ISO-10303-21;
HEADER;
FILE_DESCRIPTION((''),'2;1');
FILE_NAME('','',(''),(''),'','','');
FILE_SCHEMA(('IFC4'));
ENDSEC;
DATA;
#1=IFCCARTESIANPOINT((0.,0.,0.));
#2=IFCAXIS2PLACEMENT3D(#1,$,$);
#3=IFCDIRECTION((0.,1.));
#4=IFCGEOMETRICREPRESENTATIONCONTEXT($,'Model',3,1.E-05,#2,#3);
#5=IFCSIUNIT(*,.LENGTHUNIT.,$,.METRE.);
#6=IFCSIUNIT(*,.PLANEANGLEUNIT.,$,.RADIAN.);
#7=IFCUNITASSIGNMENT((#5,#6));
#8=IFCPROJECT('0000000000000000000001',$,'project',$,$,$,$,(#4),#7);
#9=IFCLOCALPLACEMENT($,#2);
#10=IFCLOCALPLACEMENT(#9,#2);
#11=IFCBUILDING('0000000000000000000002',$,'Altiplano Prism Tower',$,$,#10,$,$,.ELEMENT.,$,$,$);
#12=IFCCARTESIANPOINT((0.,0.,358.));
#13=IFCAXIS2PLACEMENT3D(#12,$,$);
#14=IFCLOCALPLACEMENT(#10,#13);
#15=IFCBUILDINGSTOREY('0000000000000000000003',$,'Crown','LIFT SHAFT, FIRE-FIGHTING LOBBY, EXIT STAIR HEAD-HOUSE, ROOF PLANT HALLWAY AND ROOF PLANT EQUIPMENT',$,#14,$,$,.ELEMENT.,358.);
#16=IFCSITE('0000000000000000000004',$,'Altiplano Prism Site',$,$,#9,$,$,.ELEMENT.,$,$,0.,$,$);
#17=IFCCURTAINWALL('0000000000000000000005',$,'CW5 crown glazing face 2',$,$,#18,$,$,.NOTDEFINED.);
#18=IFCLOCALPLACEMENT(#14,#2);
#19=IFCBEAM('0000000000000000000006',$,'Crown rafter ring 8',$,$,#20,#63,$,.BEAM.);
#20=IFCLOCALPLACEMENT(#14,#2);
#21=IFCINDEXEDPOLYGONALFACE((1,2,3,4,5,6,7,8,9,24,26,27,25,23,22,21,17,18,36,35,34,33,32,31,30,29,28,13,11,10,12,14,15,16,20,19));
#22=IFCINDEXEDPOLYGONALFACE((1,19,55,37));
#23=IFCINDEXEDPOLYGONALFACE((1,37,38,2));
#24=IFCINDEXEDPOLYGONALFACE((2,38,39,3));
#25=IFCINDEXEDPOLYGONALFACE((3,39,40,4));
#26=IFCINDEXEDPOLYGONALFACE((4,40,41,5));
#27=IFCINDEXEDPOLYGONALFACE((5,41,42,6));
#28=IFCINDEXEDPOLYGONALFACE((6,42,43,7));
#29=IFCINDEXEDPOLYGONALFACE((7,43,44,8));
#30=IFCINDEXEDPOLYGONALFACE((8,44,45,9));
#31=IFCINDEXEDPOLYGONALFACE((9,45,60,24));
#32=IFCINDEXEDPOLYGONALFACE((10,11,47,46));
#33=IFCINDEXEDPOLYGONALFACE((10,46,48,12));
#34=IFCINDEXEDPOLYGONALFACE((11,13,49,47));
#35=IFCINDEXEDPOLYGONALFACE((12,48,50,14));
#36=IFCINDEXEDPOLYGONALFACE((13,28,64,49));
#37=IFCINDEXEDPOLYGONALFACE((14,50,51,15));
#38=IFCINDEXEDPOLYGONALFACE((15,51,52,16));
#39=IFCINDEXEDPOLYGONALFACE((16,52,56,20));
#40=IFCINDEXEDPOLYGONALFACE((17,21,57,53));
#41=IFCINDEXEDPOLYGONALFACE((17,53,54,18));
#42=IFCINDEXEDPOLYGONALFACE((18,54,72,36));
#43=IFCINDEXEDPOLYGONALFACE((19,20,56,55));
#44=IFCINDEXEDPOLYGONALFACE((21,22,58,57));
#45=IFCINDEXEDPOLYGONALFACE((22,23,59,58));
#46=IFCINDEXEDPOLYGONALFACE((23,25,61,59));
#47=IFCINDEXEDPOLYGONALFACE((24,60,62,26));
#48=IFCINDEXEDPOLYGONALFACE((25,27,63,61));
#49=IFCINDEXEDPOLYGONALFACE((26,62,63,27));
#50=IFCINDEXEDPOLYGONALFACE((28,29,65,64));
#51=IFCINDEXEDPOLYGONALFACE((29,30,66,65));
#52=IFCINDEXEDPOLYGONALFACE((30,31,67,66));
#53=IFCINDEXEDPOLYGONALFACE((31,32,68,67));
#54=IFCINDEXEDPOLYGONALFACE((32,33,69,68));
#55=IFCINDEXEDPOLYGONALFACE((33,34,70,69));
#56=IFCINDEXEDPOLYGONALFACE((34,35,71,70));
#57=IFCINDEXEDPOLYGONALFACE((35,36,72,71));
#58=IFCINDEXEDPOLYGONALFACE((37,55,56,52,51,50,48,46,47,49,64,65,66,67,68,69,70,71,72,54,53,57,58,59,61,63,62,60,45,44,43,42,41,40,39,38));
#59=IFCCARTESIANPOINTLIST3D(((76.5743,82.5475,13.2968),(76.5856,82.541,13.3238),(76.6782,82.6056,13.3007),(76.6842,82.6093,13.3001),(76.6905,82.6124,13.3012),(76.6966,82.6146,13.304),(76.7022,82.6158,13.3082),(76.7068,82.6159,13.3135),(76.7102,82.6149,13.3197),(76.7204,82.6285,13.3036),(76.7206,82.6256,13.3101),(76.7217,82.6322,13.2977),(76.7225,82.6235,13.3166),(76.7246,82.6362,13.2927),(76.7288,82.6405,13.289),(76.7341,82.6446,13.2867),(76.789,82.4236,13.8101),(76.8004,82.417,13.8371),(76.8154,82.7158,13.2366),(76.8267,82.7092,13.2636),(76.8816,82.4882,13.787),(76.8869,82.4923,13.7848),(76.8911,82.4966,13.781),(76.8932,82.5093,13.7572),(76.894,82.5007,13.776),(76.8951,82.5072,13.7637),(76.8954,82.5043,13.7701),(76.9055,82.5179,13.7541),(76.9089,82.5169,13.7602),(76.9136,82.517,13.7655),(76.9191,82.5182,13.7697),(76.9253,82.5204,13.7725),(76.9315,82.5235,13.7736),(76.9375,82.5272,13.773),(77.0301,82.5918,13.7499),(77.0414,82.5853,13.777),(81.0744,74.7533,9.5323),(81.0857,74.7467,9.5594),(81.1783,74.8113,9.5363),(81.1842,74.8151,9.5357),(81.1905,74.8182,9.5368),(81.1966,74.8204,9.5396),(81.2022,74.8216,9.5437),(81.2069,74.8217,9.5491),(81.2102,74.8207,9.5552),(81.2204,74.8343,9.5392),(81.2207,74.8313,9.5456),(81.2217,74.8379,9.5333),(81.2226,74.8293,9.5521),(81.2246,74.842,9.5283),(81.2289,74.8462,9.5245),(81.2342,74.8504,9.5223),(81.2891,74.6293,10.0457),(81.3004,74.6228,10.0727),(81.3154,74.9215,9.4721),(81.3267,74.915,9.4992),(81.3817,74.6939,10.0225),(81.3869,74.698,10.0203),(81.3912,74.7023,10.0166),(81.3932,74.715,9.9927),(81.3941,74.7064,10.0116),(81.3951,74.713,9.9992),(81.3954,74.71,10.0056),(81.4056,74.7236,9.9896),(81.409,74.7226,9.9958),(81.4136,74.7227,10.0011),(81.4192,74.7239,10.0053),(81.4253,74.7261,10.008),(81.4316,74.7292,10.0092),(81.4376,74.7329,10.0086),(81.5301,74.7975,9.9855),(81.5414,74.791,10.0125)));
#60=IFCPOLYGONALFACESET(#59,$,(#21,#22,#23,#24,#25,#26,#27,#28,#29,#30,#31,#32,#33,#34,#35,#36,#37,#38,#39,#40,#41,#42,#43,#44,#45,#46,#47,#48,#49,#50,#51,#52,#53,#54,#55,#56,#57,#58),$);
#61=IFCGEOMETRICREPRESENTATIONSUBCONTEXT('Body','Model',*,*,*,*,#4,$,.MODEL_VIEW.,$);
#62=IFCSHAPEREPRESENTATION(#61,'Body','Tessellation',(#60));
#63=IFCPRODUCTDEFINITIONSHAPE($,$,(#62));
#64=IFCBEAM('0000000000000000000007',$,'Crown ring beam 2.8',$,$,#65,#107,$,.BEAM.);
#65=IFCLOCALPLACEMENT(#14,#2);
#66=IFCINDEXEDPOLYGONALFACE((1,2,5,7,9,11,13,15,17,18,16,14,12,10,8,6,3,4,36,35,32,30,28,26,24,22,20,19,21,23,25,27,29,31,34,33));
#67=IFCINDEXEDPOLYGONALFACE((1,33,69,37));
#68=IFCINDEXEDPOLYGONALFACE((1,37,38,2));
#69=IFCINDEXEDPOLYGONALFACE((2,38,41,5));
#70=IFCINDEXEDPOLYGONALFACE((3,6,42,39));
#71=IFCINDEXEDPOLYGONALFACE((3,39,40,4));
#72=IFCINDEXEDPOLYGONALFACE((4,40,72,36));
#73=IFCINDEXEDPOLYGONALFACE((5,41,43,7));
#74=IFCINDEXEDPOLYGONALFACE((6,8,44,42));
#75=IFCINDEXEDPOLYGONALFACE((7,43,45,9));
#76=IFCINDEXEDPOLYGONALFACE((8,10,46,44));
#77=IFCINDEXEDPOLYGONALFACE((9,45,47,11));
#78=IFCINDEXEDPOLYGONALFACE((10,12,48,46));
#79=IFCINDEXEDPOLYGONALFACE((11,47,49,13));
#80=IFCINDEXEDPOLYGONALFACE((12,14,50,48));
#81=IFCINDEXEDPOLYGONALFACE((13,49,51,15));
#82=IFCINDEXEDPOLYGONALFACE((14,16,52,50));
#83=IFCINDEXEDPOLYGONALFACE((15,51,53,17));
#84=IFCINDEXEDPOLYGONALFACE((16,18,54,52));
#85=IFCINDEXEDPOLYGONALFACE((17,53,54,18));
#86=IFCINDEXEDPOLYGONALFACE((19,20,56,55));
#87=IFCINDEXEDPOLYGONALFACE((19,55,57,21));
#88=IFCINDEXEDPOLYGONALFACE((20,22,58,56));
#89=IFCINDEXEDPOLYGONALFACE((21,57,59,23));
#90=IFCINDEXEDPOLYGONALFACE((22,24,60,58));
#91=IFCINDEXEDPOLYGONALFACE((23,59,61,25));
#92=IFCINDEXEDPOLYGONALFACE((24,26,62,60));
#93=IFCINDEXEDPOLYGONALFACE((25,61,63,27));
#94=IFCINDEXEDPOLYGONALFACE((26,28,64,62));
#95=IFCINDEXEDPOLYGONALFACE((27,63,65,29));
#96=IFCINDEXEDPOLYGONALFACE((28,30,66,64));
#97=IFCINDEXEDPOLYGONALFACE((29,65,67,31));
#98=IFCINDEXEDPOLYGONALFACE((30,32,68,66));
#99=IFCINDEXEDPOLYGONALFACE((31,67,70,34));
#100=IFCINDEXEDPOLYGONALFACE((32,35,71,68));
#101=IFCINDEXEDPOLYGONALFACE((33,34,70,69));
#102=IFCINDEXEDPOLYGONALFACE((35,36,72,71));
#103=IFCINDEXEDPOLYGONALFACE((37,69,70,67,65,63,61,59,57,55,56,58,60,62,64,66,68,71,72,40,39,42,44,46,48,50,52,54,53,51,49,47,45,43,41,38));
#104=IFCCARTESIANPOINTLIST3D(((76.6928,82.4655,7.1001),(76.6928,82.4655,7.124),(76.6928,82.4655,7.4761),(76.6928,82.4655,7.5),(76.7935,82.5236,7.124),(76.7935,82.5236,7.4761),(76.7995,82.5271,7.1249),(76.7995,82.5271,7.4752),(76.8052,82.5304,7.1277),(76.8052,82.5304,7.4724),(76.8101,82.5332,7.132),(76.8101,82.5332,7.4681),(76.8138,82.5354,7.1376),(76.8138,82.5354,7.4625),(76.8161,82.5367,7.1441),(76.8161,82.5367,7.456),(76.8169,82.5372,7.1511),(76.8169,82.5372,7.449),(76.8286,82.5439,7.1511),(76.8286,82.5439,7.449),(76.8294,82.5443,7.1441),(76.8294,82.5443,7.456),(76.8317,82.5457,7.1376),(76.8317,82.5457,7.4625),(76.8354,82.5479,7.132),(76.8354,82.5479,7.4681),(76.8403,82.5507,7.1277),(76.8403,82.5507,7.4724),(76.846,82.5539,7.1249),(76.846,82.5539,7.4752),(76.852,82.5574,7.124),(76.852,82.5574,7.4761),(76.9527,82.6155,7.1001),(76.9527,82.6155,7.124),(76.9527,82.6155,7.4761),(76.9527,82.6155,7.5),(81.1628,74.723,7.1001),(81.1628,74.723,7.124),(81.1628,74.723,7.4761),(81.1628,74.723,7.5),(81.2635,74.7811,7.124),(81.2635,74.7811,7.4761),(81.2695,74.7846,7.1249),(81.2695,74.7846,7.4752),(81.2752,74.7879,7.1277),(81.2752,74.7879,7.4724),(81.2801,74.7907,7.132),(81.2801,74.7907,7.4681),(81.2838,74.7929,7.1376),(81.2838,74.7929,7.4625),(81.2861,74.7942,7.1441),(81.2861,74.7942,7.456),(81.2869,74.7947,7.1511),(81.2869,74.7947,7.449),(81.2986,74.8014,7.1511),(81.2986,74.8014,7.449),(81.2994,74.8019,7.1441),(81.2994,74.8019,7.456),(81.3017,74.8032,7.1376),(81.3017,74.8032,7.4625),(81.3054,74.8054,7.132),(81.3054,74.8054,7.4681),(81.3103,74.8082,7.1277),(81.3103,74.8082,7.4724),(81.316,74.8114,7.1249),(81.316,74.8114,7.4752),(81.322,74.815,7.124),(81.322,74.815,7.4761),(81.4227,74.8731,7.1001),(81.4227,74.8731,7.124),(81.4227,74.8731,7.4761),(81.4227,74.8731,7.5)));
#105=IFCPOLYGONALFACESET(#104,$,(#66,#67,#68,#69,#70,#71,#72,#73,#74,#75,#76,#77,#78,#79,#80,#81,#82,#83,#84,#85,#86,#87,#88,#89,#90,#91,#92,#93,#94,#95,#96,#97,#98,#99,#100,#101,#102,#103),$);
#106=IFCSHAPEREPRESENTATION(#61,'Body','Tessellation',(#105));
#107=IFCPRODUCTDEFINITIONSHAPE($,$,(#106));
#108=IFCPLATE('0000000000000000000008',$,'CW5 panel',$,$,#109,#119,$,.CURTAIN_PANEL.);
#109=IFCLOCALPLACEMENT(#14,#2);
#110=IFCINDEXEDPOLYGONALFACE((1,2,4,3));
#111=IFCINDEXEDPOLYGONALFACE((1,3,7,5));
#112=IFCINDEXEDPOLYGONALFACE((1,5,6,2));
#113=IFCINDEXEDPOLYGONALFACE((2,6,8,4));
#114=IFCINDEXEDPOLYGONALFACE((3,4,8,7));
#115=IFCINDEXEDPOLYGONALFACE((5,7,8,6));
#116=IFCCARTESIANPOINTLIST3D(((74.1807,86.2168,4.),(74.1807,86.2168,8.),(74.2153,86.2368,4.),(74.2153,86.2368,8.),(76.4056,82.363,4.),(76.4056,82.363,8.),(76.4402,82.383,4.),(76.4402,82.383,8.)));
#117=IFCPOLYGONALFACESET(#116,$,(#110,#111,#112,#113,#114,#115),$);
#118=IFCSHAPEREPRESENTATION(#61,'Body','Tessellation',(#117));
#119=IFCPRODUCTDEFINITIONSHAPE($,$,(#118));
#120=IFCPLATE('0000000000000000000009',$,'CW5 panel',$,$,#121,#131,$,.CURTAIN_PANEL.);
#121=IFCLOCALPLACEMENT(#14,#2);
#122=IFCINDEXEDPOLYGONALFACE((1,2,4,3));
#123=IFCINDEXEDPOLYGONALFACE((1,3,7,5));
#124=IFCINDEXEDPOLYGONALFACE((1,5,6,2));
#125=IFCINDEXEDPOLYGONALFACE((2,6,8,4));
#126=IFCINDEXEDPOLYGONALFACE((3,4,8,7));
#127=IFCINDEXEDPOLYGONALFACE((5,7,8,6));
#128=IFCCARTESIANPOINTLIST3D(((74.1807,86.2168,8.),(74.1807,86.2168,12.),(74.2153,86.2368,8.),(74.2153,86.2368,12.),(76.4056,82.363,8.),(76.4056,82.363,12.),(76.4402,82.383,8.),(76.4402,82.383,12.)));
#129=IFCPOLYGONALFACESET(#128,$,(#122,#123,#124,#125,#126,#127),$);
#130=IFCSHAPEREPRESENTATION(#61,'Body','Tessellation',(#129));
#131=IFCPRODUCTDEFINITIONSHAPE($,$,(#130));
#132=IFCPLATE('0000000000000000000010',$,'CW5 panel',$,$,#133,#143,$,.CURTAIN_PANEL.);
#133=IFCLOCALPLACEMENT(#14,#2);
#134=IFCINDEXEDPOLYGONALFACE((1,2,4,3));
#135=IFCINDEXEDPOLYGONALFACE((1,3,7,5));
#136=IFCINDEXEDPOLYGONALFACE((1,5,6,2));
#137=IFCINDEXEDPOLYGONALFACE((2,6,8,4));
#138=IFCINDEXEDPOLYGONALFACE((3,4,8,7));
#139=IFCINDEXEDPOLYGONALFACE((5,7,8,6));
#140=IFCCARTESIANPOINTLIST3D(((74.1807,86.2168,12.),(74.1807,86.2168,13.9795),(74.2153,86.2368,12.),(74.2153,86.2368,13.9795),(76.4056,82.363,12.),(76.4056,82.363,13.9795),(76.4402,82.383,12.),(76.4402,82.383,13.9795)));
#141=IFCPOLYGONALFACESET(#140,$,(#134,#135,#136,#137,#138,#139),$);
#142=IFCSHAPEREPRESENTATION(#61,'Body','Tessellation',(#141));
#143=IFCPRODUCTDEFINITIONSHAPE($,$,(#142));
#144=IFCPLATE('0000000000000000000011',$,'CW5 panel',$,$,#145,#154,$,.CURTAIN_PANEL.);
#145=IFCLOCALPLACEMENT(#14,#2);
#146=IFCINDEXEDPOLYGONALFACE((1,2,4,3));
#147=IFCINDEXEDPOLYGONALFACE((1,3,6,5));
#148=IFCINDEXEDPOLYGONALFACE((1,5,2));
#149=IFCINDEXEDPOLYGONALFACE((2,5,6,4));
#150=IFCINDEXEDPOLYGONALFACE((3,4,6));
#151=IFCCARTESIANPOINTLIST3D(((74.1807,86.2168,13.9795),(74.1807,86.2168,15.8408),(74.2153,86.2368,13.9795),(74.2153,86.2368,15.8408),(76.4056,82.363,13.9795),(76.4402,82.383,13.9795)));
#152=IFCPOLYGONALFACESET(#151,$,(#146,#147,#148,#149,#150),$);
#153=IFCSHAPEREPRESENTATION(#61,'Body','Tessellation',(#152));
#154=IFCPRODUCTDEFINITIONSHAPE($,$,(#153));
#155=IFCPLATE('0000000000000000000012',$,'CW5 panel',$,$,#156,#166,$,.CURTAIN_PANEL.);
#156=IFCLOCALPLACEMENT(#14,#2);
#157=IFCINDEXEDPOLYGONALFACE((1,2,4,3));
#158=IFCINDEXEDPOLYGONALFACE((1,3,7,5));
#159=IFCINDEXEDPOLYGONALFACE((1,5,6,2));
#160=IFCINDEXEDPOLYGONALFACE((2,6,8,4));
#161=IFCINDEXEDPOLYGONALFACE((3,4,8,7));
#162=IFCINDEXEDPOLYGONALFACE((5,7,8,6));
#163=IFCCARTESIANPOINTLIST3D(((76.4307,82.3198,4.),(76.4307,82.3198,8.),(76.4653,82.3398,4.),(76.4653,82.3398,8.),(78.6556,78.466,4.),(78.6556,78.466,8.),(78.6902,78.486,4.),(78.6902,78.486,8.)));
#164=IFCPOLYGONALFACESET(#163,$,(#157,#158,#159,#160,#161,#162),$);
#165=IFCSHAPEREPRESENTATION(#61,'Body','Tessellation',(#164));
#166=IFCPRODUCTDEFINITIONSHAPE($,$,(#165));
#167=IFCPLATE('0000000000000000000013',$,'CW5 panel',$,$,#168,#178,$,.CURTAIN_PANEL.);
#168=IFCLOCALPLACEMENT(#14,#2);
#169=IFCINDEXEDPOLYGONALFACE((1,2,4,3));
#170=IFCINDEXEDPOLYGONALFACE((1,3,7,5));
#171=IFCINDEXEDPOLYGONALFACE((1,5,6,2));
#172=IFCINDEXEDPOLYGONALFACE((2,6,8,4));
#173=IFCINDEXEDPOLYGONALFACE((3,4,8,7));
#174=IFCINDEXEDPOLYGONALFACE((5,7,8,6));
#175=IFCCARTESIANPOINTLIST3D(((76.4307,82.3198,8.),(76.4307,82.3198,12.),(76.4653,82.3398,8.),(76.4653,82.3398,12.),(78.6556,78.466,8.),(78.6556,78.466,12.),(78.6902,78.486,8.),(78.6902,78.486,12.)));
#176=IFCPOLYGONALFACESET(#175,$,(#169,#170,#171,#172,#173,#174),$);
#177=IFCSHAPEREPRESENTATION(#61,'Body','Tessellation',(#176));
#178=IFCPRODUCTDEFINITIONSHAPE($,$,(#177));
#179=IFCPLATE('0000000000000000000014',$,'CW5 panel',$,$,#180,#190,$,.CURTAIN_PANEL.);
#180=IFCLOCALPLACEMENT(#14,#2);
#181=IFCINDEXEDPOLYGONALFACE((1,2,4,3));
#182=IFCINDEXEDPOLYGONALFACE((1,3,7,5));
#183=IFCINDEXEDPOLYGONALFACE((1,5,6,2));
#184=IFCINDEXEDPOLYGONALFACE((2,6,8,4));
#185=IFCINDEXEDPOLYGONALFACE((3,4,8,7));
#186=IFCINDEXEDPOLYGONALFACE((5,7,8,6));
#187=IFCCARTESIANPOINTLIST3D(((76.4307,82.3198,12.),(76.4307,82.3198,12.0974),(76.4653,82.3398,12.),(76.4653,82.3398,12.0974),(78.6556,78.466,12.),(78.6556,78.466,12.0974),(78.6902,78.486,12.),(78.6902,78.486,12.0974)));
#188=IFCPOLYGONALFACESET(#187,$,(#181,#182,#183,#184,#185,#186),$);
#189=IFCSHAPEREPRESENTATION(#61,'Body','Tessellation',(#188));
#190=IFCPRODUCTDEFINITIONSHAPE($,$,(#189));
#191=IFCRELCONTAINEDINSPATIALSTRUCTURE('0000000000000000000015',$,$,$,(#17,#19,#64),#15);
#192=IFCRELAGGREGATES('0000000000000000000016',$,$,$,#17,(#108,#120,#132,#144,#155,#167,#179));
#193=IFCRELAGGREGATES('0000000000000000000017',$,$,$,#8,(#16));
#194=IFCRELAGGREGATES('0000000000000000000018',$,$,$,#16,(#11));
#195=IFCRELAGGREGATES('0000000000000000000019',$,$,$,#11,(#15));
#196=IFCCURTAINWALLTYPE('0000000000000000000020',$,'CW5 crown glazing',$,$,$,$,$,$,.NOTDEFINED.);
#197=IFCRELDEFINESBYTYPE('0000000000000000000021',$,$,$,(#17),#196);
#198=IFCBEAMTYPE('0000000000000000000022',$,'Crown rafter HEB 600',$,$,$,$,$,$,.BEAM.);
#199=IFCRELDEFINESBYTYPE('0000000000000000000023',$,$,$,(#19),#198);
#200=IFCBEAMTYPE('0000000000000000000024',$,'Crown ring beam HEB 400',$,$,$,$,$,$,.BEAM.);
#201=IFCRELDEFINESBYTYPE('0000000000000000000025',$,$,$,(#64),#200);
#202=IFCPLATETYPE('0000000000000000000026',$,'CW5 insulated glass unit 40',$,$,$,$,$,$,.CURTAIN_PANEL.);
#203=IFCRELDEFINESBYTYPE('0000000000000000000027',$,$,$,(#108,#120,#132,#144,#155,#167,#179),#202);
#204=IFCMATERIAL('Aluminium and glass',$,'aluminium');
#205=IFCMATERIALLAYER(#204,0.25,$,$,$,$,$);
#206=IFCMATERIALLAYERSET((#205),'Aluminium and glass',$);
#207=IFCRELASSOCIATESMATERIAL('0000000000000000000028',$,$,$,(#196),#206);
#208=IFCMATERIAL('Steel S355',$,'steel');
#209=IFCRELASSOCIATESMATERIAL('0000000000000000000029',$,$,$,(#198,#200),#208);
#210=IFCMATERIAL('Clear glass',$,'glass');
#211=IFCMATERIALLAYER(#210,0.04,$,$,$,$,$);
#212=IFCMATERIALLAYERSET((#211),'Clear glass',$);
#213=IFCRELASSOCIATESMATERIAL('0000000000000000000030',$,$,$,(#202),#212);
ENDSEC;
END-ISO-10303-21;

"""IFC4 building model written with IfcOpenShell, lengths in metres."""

from ifc_helpers import new_model, si_unit, direction, frame, origin, origin_2d, place, context, subcontext, project, spatial, polyline, i_section, outline, extrude, material, layer, layer_set, material_profile, profile_set, type_object, element, aggregate, save


model = new_model("IFC4")

# Units and contexts
model_context = context("Model", 3, precision=1e-05, world=origin(), true_north=direction((0.0, 1.0)))
body_context = subcontext(model_context, "Body", "Model", "MODEL_VIEW")
ifc_project = project(units=[si_unit("LENGTHUNIT", "METRE"), si_unit("PLANEANGLEUNIT", "RADIAN")], contexts=[model_context])

# Site, building, storey
site_placement = place(None, origin())
site = spatial("IfcSite", under=ifc_project, at=site_placement, Name="Altiplano Prism Site", CompositionType="ELEMENT", RefElevation=0.0)
building_placement = place(site_placement, origin())
building = spatial("IfcBuilding", under=site, at=building_placement, Name="Altiplano Prism Tower", CompositionType="ELEMENT")
storey_placement = place(building_placement, frame((0.0, 0.0, 358.0)))
storey = spatial("IfcBuildingStorey", under=building, at=storey_placement, Name="Crown", Description="LIFT SHAFT, FIRE-FIGHTING LOBBY, EXIT STAIR HEAD-HOUSE, ROOF PLANT HALLWAY AND ROOF PLANT EQUIPMENT", CompositionType="ELEMENT", Elevation=358.0)

# Curtain wall
ifc_material_1 = material(Name="Aluminium and glass", Category="aluminium")
ifc_layer_1 = layer(ifc_material_1, 0.25)
ifc_layer_set_1 = layer_set([ifc_layer_1], Name="Aluminium and glass")
curtain_wall_type = type_object("IfcCurtainWallType", Name="CW5 crown glazing", PredefinedType="NOTDEFINED", material=ifc_layer_set_1)
curtain_wall_placement = place(storey_placement, origin())
curtain_wall = element("IfcCurtainWall", 1, at=curtain_wall_placement, inside=storey, type_object=curtain_wall_type, Name="CW5 crown glazing face 2", PredefinedType="NOTDEFINED")

# Shared definitions
ifc_material_2 = material(Name="Steel S355", Category="steel")

# Beams
ifc_material_profile_1 = material_profile(ifc_material_2, i_section(OverallWidth=0.3, OverallDepth=0.6001, WebThickness=0.0154, FlangeThickness=0.03, FilletRadius=0.0271, at=origin_2d()), Name="Crown rafter HEB 600")
ifc_profile_set_1 = profile_set([ifc_material_profile_1], Name="Steel S355")
beam_type_1 = type_object("IfcBeamType", Name="Crown rafter HEB 600", PredefinedType="BEAM", material=ifc_profile_set_1)
beam_1_placement = place(storey_placement, frame((76.8079, 82.5664, 13.5369), z_axis=(0.461277, -0.798952, -0.385874), x_axis=(0.803346, 0.560705, -0.200612)))
element("IfcBeam", 2, at=beam_1_placement, inside=storey, type_object=beam_type_1, Name="Crown rafter ring 8", PredefinedType="BEAM", context=body_context, shape_type="SweptSolid", body=[
    extrude(i_section(OverallWidth=0.3, OverallDepth=0.6001, WebThickness=0.0154, FlangeThickness=0.03, FilletRadius=0.0271, at=origin_2d()), origin(), (0.0, 0.0, 1.0), 9.7556),
])
ifc_material_profile_2 = material_profile(ifc_material_2, i_section(OverallWidth=0.3, OverallDepth=0.3999, WebThickness=0.0134, FlangeThickness=0.0239, FilletRadius=0.0271, at=origin_2d()), Name="Crown ring beam HEB 400")
ifc_profile_set_2 = profile_set([ifc_material_profile_2], Name="Steel S355")
beam_type_2 = type_object("IfcBeamType", Name="Crown ring beam HEB 400", PredefinedType="BEAM", material=ifc_profile_set_2)
beam_2_placement = place(storey_placement, frame((76.8228, 82.5405, 7.3), z_axis=(0.49999, -0.866031, 0.0), x_axis=(0.866031, 0.49999, 0.0)))
element("IfcBeam", 3, at=beam_2_placement, inside=storey, type_object=beam_type_2, Name="Crown ring beam 2.8", PredefinedType="BEAM", context=body_context, shape_type="SweptSolid", body=[
    extrude(i_section(OverallWidth=0.3, OverallDepth=0.3999, WebThickness=0.0134, FlangeThickness=0.0239, FilletRadius=0.0271, at=origin_2d()), origin(), (0.0, 0.0, 1.0), 8.9402),
])

# Plates
ifc_material_3 = material(Name="Clear glass", Category="glass")
ifc_layer_2 = layer(ifc_material_3, 0.04)
ifc_layer_set_2 = layer_set([ifc_layer_2], Name="Clear glass")
plate_type_1 = type_object("IfcPlateType", Name="CW5 insulated glass unit 40", PredefinedType="CURTAIN_PANEL", material=ifc_layer_set_2)
plate_1_placement = place(storey_placement, frame((74.1807, 86.2168, 4.0), z_axis=(-0.866037, -0.49998, 0.0), x_axis=(0.49998, -0.866037, 0.0)))
plate_1 = element("IfcPlate", 4, at=plate_1_placement, type_object=plate_type_1, Name="CW5 panel", PredefinedType="CURTAIN_PANEL", context=body_context, shape_type="SweptSolid", body=[
    extrude(outline(polyline([(0.0, 0.0), (4.45, 0.0), (4.45, 4.0), (0.0, 4.0), (0.0, 0.0)])), origin(), (0.0, 0.0, -1.0), 0.04),
])
plate_2_placement = place(storey_placement, frame((74.1807, 86.2168, 8.0), z_axis=(-0.866037, -0.49998, 0.0), x_axis=(0.49998, -0.866037, 0.0)))
plate_2 = element("IfcPlate", 5, at=plate_2_placement, type_object=plate_type_1, Name="CW5 panel", PredefinedType="CURTAIN_PANEL", context=body_context, shape_type="SweptSolid", body=[
    extrude(outline(polyline([(0.0, 0.0), (4.45, 0.0), (4.45, 4.0), (0.0, 4.0), (0.0, 0.0)])), origin(), (0.0, 0.0, -1.0), 0.04),
])
plate_3_placement = place(storey_placement, frame((74.1807, 86.2168, 12.0), z_axis=(-0.866037, -0.49998, 0.0), x_axis=(0.49998, -0.866037, 0.0)))
plate_3 = element("IfcPlate", 6, at=plate_3_placement, type_object=plate_type_1, Name="CW5 panel", PredefinedType="CURTAIN_PANEL", context=body_context, shape_type="SweptSolid", body=[
    extrude(outline(polyline([(0.0, 0.0), (4.45, 0.0), (4.45, 1.9795), (0.0, 1.9795), (0.0, 0.0)])), origin(), (0.0, 0.0, -1.0), 0.04),
])
plate_4_placement = place(storey_placement, frame((74.1807, 86.2168, 15.8408), z_axis=(-0.866037, -0.49998, 0.0), x_axis=(0.0, 0.0, -1.0)))
plate_4 = element("IfcPlate", 7, at=plate_4_placement, type_object=plate_type_1, Name="CW5 panel", PredefinedType="CURTAIN_PANEL", context=body_context, shape_type="SweptSolid", body=[
    extrude(outline(polyline([(0.0, 0.0), (1.8613, 0.0), (1.8613, 4.45), (0.0, 0.0)])), origin(), (0.0, 0.0, -1.0), 0.04),
])
plate_5_placement = place(storey_placement, frame((76.4307, 82.3198, 4.0), z_axis=(-0.866037, -0.49998, 0.0), x_axis=(0.49998, -0.866037, 0.0)))
plate_5 = element("IfcPlate", 8, at=plate_5_placement, type_object=plate_type_1, Name="CW5 panel", PredefinedType="CURTAIN_PANEL", context=body_context, shape_type="SweptSolid", body=[
    extrude(outline(polyline([(0.0, 0.0), (4.45, 0.0), (4.45, 4.0), (0.0, 4.0), (0.0, 0.0)])), origin(), (0.0, 0.0, -1.0), 0.04),
])
plate_6_placement = place(storey_placement, frame((76.4307, 82.3198, 8.0), z_axis=(-0.866037, -0.49998, 0.0), x_axis=(0.49998, -0.866037, 0.0)))
plate_6 = element("IfcPlate", 9, at=plate_6_placement, type_object=plate_type_1, Name="CW5 panel", PredefinedType="CURTAIN_PANEL", context=body_context, shape_type="SweptSolid", body=[
    extrude(outline(polyline([(0.0, 0.0), (4.45, 0.0), (4.45, 4.0), (0.0, 4.0), (0.0, 0.0)])), origin(), (0.0, 0.0, -1.0), 0.04),
])
plate_7_placement = place(storey_placement, frame((76.4307, 82.3198, 12.0), z_axis=(-0.866037, -0.49998, 0.0), x_axis=(0.49998, -0.866037, 0.0)))
plate_7 = element("IfcPlate", 10, at=plate_7_placement, type_object=plate_type_1, Name="CW5 panel", PredefinedType="CURTAIN_PANEL", context=body_context, shape_type="SweptSolid", body=[
    extrude(outline(polyline([(0.0, 0.0), (4.45, 0.0), (4.45, 0.0974), (0.0, 0.0974), (0.0, 0.0)])), origin(), (0.0, 0.0, -1.0), 0.04),
])
aggregate(curtain_wall, [plate_1, plate_2, plate_3, plate_4, plate_5, plate_6, plate_7])

save(model, "model.ifc")
